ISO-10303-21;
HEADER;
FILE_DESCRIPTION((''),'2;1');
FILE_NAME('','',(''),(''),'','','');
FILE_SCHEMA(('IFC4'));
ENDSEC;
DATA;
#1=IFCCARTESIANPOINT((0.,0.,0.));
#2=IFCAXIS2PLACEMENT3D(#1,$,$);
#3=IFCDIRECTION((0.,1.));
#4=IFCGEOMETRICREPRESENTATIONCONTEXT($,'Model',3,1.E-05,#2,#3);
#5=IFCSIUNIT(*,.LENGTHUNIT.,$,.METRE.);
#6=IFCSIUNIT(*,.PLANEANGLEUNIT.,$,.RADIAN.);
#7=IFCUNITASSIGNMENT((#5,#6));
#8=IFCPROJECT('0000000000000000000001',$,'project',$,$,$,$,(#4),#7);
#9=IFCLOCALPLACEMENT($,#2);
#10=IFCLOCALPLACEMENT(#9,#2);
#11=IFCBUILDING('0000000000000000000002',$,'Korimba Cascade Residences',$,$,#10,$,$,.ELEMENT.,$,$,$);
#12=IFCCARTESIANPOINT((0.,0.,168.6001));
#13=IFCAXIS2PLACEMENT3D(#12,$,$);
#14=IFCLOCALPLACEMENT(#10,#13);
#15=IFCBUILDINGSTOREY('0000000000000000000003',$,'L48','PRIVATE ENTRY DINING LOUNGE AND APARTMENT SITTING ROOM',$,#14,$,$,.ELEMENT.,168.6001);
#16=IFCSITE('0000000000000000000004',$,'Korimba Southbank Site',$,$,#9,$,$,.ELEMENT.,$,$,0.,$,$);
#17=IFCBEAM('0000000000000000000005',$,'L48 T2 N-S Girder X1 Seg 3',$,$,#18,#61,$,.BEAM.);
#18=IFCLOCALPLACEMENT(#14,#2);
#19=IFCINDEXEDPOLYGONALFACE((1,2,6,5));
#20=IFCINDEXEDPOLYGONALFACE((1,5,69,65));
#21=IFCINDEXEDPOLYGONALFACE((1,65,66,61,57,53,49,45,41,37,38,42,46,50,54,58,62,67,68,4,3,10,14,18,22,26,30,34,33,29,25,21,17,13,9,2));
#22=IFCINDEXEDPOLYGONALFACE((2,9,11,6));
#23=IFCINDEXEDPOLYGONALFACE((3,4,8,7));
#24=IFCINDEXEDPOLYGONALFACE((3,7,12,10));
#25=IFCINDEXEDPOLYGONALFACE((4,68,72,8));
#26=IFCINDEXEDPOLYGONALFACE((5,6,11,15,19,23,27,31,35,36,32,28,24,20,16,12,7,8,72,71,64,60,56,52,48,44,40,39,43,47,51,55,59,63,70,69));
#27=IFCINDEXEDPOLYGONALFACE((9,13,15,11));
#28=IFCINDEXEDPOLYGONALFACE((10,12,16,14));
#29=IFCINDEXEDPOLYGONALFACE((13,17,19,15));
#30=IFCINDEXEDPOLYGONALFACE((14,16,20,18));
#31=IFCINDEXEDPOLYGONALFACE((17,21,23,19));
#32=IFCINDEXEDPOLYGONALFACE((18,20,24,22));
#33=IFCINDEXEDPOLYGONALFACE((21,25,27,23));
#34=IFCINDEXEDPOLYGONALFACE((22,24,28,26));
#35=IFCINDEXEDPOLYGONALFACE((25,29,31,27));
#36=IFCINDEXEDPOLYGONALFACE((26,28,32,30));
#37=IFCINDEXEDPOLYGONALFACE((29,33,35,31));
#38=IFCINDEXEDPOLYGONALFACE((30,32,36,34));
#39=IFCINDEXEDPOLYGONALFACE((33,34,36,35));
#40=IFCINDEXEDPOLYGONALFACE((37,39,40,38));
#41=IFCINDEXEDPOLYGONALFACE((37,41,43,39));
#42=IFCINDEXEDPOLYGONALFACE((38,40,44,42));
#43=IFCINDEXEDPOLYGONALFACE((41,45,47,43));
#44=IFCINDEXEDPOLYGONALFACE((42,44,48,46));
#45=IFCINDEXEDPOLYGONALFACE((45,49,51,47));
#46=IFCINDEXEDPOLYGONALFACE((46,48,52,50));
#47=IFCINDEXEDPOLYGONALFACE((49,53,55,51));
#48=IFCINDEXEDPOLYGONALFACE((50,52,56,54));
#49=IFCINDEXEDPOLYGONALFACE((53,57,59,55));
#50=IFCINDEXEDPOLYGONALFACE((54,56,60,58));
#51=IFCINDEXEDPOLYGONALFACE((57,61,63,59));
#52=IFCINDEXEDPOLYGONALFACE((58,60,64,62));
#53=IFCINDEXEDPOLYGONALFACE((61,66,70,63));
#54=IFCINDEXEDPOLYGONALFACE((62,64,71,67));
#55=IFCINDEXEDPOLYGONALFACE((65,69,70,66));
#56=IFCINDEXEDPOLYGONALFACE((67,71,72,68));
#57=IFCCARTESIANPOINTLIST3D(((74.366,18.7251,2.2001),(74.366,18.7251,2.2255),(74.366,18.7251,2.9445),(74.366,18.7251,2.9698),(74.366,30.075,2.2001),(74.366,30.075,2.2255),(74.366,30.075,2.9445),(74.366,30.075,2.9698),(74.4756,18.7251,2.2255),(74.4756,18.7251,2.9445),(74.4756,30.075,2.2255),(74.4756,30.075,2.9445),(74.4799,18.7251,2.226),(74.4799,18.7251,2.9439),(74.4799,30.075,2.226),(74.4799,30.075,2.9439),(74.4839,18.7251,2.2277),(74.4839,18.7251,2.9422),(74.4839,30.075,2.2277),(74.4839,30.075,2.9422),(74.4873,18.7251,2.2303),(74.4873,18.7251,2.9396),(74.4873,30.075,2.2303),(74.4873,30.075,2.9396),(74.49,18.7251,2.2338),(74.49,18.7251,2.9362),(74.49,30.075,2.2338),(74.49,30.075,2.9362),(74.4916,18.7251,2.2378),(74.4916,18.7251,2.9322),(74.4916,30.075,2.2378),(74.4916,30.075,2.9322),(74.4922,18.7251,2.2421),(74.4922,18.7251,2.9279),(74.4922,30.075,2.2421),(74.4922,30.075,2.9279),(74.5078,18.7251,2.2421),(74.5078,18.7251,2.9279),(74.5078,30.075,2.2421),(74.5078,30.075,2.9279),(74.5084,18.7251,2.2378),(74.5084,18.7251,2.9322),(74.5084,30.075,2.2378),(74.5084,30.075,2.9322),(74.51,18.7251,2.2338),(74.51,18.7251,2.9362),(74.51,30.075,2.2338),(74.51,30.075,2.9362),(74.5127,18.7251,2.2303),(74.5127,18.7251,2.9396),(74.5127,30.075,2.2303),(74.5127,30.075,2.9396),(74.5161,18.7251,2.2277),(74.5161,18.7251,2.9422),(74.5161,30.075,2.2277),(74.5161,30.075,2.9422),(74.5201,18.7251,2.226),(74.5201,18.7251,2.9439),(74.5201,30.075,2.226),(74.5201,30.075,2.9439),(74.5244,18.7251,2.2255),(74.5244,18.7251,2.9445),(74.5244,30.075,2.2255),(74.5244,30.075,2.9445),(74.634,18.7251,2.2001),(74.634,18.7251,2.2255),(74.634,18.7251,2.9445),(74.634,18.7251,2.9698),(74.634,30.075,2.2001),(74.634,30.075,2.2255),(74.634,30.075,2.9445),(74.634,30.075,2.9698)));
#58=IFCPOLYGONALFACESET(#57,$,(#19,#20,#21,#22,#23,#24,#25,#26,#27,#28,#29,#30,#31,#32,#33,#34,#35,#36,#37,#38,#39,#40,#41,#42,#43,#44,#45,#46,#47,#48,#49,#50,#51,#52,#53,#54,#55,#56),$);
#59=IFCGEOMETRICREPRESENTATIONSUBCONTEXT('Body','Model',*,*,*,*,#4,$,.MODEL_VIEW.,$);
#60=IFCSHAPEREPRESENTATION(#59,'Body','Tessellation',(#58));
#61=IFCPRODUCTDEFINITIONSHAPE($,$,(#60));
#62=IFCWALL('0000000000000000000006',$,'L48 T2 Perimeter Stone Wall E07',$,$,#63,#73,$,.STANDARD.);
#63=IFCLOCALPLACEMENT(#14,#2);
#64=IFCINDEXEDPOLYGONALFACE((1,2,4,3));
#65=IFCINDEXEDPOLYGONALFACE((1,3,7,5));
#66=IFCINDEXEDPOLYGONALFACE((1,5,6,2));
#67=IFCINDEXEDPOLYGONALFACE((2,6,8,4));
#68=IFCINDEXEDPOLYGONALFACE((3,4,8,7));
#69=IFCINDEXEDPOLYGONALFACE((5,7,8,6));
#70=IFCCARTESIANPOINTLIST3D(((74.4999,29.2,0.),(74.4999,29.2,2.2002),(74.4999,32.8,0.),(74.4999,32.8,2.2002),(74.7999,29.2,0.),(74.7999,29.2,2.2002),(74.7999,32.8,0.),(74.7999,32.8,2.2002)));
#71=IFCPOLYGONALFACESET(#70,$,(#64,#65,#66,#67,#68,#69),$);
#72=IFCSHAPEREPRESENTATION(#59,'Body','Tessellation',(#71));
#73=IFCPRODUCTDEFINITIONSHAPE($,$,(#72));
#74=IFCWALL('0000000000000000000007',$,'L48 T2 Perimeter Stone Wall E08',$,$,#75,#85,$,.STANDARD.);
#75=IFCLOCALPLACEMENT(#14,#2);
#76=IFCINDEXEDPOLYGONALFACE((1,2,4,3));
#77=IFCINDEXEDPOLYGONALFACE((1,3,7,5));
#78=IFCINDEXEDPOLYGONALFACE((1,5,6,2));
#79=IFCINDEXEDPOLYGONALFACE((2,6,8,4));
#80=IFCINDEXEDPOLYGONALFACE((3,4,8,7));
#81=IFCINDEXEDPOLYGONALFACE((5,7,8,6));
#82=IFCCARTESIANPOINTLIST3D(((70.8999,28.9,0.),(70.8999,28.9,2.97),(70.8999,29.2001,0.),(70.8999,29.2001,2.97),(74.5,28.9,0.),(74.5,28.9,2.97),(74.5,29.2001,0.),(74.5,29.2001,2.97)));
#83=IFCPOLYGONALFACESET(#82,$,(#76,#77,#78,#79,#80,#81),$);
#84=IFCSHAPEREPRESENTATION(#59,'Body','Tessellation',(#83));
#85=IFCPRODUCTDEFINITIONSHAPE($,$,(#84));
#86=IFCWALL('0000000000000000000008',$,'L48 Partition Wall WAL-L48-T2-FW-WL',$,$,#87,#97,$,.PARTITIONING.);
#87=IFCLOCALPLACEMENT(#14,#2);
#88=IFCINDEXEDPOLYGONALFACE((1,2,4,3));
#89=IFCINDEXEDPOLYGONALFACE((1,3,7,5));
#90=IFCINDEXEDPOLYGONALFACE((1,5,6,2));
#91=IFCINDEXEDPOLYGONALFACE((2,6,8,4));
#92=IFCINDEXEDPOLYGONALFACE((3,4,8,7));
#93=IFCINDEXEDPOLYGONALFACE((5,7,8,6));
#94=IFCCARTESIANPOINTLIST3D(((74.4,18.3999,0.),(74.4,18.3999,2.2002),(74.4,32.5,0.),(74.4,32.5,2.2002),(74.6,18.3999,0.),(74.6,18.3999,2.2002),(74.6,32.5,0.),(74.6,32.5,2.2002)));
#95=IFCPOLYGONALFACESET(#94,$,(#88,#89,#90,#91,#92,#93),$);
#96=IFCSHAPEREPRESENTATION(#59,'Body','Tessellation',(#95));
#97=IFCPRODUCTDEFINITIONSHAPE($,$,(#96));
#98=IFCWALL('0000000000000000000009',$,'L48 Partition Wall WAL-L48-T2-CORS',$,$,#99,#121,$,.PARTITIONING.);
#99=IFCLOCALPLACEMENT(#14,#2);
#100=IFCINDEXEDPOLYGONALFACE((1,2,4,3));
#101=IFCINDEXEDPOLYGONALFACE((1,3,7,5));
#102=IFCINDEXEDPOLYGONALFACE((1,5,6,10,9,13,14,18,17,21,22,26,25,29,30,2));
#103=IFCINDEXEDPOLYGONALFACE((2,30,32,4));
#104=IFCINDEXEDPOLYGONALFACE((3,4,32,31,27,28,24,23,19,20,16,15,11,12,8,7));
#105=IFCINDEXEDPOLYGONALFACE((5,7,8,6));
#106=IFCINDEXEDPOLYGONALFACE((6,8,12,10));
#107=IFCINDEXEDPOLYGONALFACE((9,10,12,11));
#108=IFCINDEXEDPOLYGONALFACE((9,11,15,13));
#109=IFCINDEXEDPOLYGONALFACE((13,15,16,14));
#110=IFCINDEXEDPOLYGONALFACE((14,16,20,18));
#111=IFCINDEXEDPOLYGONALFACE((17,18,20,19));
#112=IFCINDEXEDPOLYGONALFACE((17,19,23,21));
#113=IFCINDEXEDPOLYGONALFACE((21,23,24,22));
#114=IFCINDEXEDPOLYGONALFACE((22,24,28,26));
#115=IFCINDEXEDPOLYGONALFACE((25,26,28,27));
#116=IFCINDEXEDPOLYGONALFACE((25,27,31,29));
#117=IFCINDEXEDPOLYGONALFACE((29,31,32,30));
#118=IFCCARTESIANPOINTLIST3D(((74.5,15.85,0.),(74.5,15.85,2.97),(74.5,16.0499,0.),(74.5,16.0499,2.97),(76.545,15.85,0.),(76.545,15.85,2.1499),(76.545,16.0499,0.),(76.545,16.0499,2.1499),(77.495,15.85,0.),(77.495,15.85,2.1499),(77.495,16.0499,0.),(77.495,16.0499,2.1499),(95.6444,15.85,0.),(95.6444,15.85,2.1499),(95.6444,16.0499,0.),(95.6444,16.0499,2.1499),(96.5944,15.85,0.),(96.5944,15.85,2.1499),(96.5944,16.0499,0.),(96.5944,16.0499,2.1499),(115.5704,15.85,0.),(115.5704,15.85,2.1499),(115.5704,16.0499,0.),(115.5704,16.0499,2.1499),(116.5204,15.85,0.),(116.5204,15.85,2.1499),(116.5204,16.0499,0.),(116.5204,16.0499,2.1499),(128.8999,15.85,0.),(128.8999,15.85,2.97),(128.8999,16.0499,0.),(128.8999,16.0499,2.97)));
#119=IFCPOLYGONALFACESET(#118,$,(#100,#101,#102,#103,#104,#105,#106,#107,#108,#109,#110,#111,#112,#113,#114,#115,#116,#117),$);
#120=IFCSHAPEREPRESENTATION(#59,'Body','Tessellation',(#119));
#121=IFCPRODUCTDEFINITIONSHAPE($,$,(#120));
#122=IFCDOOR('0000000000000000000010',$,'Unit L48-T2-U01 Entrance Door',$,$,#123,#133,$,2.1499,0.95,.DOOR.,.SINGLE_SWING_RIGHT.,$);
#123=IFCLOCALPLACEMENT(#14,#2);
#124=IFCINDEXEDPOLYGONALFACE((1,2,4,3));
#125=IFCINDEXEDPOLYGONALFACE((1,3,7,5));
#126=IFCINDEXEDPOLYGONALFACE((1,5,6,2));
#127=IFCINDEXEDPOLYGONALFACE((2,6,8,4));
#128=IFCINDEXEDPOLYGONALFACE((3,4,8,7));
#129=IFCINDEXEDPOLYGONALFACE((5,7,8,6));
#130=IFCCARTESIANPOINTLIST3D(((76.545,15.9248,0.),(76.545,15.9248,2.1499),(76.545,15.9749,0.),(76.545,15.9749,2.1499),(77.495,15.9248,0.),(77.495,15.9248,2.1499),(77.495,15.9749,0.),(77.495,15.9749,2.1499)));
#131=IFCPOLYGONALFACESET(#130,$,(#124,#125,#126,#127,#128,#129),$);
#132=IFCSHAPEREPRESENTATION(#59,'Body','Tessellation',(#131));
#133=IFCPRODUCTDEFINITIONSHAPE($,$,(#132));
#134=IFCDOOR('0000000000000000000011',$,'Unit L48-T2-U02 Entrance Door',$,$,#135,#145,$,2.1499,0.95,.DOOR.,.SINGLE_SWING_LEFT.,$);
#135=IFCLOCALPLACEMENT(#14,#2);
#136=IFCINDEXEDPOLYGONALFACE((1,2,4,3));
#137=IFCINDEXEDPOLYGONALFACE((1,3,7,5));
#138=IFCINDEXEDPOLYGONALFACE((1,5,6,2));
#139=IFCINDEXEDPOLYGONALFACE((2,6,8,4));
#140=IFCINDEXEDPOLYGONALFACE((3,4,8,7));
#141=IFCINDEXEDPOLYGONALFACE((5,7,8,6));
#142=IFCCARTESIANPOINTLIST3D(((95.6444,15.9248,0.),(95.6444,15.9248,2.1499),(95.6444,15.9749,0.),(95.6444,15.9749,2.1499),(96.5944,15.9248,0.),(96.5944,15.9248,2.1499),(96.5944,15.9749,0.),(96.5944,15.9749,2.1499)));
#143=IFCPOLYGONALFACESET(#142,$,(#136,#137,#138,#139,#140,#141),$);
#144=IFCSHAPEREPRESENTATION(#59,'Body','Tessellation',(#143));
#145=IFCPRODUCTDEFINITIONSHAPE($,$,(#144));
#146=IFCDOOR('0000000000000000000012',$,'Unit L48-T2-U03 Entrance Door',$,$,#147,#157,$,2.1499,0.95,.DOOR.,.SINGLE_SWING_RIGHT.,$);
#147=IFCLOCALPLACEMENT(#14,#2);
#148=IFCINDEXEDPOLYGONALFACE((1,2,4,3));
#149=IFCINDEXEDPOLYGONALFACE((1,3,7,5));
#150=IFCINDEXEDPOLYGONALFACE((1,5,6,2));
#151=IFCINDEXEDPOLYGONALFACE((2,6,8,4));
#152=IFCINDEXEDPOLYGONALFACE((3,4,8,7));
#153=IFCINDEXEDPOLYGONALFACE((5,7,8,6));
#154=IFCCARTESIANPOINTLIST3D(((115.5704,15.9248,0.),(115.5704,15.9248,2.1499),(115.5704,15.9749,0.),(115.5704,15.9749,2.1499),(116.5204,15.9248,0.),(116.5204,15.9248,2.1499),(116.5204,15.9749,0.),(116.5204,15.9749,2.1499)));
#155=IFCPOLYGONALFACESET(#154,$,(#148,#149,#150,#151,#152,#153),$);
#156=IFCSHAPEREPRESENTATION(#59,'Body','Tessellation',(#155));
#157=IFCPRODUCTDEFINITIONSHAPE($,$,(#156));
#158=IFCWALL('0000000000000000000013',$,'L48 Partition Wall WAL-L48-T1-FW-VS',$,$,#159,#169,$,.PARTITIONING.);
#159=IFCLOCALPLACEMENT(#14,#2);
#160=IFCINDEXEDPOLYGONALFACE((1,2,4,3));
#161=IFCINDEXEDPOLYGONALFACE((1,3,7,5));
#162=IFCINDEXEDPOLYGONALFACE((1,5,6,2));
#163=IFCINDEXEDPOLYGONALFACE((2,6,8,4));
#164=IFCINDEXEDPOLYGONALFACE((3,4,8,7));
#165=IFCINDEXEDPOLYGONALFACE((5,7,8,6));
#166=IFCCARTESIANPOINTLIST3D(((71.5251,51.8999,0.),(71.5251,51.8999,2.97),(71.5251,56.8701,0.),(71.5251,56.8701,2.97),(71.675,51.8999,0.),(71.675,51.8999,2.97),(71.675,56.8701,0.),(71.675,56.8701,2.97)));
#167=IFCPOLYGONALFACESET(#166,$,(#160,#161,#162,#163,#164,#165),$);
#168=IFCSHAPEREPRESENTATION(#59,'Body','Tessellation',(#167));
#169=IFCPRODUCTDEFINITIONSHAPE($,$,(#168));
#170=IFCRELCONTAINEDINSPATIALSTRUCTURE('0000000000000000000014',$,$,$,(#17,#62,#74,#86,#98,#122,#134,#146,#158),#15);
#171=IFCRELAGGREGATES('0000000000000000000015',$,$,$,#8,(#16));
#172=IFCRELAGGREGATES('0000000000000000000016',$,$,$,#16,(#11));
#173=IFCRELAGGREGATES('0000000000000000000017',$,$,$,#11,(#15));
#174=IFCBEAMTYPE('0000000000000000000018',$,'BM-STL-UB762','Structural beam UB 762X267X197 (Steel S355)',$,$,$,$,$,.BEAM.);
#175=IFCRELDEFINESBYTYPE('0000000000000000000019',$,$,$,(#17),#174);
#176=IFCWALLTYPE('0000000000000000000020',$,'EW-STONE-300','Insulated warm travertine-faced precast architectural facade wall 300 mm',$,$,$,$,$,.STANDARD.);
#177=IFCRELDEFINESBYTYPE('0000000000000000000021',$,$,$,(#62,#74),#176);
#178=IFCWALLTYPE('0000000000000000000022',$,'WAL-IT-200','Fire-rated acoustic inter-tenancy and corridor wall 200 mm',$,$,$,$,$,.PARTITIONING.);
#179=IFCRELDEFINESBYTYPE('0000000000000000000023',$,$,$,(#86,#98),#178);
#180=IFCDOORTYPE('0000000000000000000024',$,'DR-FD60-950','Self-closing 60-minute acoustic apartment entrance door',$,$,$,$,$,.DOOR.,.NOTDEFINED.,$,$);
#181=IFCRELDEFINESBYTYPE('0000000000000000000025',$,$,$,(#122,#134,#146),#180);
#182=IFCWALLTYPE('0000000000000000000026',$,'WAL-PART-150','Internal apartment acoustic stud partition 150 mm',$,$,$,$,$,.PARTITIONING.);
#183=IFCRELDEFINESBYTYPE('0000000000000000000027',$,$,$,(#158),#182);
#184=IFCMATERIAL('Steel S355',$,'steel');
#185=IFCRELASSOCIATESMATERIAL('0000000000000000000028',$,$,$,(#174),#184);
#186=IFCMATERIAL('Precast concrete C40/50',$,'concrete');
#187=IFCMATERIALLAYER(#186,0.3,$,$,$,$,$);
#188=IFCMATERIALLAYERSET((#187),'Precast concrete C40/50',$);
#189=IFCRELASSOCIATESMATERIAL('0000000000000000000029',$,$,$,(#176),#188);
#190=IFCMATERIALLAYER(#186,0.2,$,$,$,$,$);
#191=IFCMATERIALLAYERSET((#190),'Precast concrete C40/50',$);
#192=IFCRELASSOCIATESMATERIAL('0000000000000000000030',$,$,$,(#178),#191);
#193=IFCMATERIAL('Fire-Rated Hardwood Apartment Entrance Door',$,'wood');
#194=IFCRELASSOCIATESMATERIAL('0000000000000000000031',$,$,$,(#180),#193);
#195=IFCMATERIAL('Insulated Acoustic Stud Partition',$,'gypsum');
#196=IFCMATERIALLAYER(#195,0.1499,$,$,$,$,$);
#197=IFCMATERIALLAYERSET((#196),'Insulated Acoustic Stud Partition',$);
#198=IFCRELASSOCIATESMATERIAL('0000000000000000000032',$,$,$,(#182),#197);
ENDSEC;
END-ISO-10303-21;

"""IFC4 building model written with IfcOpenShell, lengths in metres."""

from ifc_helpers import new_model, si_unit, direction, frame, frame_2d, origin, origin_2d, place, context, subcontext, project, spatial, rectangle, i_section, extrude, material, layer, layer_set, material_profile, profile_set, type_object, element, fill, save


model = new_model("IFC4")

# Units and contexts
model_context = context("Model", 3, precision=1e-05, world=origin(), true_north=direction((0.0, 1.0)))
body_context = subcontext(model_context, "Body", "Model", "MODEL_VIEW")
ifc_project = project(units=[si_unit("LENGTHUNIT", "METRE"), si_unit("PLANEANGLEUNIT", "RADIAN")], contexts=[model_context])

# Site, building, storey
site_placement = place(None, origin())
site = spatial("IfcSite", under=ifc_project, at=site_placement, Name="Korimba Southbank Site", CompositionType="ELEMENT", RefElevation=0.0)
building_placement = place(site_placement, origin())
building = spatial("IfcBuilding", under=site, at=building_placement, Name="Korimba Cascade Residences", CompositionType="ELEMENT")
storey_placement = place(building_placement, frame((0.0, 0.0, 168.6001)))
storey = spatial("IfcBuildingStorey", under=building, at=storey_placement, Name="L48", Description="PRIVATE ENTRY DINING LOUNGE AND APARTMENT SITTING ROOM", CompositionType="ELEMENT", Elevation=168.6001)

# Beam
ifc_material_1 = material(Name="Steel S355", Category="steel")
ifc_material_profile_1 = material_profile(ifc_material_1, i_section(OverallWidth=0.2681, OverallDepth=0.7698, WebThickness=0.0156, FlangeThickness=0.0254, FilletRadius=0.0166, at=origin_2d()), Name="Steel S355")
ifc_profile_set_1 = profile_set([ifc_material_profile_1], Name="Steel S355")
beam_type_1 = type_object("IfcBeamType", Name="BM-STL-UB762", Description="Structural beam UB 762X267X197 (Steel S355)", PredefinedType="BEAM", material=ifc_profile_set_1)
beam_1_placement = place(storey_placement, frame((74.5, 18.7251, 2.585), z_axis=(0.0, 1.0, 0.0), x_axis=(-1.0, 0.0, 0.0)))
element("IfcBeam", 1, at=beam_1_placement, inside=storey, type_object=beam_type_1, Name="L48 T2 N-S Girder X1 Seg 3", PredefinedType="BEAM", context=body_context, shape_type="SweptSolid", body=[
    extrude(i_section(OverallWidth=0.2681, OverallDepth=0.7698, WebThickness=0.0156, FlangeThickness=0.0254, FilletRadius=0.0166, at=origin_2d()), origin(), (0.0, 0.0, 1.0), 11.3499),
])

# Walls
ifc_material_2 = material(Name="Precast concrete C40/50", Category="concrete")
ifc_layer_1 = layer(ifc_material_2, 0.3)
ifc_layer_set_1 = layer_set([ifc_layer_1], Name="Precast concrete C40/50")
wall_type_1 = type_object("IfcWallType", Name="EW-STONE-300", Description="Insulated warm travertine-faced precast architectural facade wall 300 mm", PredefinedType="STANDARD", material=ifc_layer_set_1)
wall_1_placement = place(storey_placement, frame((74.6499, 32.8, 0.0), z_axis=(0.0, 0.0, 1.0), x_axis=(0.0, -1.0, 0.0)))
element("IfcWall", 2, at=wall_1_placement, inside=storey, type_object=wall_type_1, Name="L48 T2 Perimeter Stone Wall E07", PredefinedType="STANDARD", context=body_context, shape_type="SweptSolid", body=[
    extrude(rectangle(XDim=3.6001, YDim=0.3, at=frame_2d((1.8, 0.0))), origin(), (0.0, 0.0, 1.0), 2.2002),
])
wall_2_placement = place(storey_placement, frame((74.5, 29.05, 0.0), z_axis=(0.0, 0.0, 1.0), x_axis=(-1.0, 0.0, 0.0)))
element("IfcWall", 3, at=wall_2_placement, inside=storey, type_object=wall_type_1, Name="L48 T2 Perimeter Stone Wall E08", PredefinedType="STANDARD", context=body_context, shape_type="SweptSolid", body=[
    extrude(rectangle(XDim=3.6001, YDim=0.3, at=frame_2d((1.8, 0.0))), origin(), (0.0, 0.0, 1.0), 2.97),
])
ifc_layer_2 = layer(ifc_material_2, 0.2)
ifc_layer_set_2 = layer_set([ifc_layer_2], Name="Precast concrete C40/50")
wall_type_2 = type_object("IfcWallType", Name="WAL-IT-200", Description="Fire-rated acoustic inter-tenancy and corridor wall 200 mm", PredefinedType="PARTITIONING", material=ifc_layer_set_2)
wall_3_placement = place(storey_placement, frame((74.5, 18.3999, 0.0), z_axis=(0.0, 0.0, 1.0), x_axis=(0.0, 1.0, 0.0)))
element("IfcWall", 4, at=wall_3_placement, inside=storey, type_object=wall_type_2, Name="L48 Partition Wall WAL-L48-T2-FW-WL", PredefinedType="PARTITIONING", context=body_context, shape_type="SweptSolid", body=[
    extrude(rectangle(XDim=14.1001, YDim=0.2, at=frame_2d((7.05, 0.0))), origin(), (0.0, 0.0, 1.0), 2.2002),
])

# Shared definitions
ifc_material_3 = material(Name="Fire-Rated Hardwood Apartment Entrance Door", Category="wood")
door_type_1 = type_object("IfcDoorType", Name="DR-FD60-950", Description="Self-closing 60-minute acoustic apartment entrance door", OperationType="NOTDEFINED", PredefinedType="DOOR", material=ifc_material_3)

# Wall, openings, doors
wall_4_placement = place(storey_placement, frame((74.5, 15.95, 0.0), z_axis=(0.0, 0.0, 1.0), x_axis=(1.0, 0.0, 0.0)))
wall_4 = element("IfcWall", 5, at=wall_4_placement, inside=storey, type_object=wall_type_2, Name="L48 Partition Wall WAL-L48-T2-CORS", PredefinedType="PARTITIONING", context=body_context, shape_type="SweptSolid", body=[
    extrude(rectangle(XDim=54.3999, YDim=0.2, at=frame_2d((27.2, 0.0))), origin(), (0.0, 0.0, 1.0), 2.97),
])
opening_1_placement = place(wall_4_placement, frame((2.0449, 0.0, 0.0)))
opening_1 = element("IfcOpeningElement", 6, at=opening_1_placement, cuts=wall_4, PredefinedType="OPENING", context=body_context, shape_type="SweptSolid", body=[
    extrude(rectangle(XDim=0.95, YDim=2.1499, at=frame_2d((0.4751, 1.075))), frame((0.0, 0.1099, 0.0), z_axis=(0.0, -1.0, 0.0), x_axis=(1.0, 0.0, 0.0)), (0.0, 0.0, 1.0), 0.22),
])
opening_2_placement = place(wall_4_placement, frame((21.1443, 0.0, 0.0)))
opening_2 = element("IfcOpeningElement", 7, at=opening_2_placement, cuts=wall_4, PredefinedType="OPENING", context=body_context, shape_type="SweptSolid", body=[
    extrude(rectangle(XDim=0.95, YDim=2.1499, at=frame_2d((0.4751, 1.075))), frame((0.0, 0.1099, 0.0), z_axis=(0.0, -1.0, 0.0), x_axis=(1.0, 0.0, 0.0)), (0.0, 0.0, 1.0), 0.22),
])
opening_3_placement = place(wall_4_placement, frame((41.0703, 0.0, 0.0)))
opening_3 = element("IfcOpeningElement", 8, at=opening_3_placement, cuts=wall_4, PredefinedType="OPENING", context=body_context, shape_type="SweptSolid", body=[
    extrude(rectangle(XDim=0.95, YDim=2.1499, at=frame_2d((0.4751, 1.075))), frame((0.0, 0.1099, 0.0), z_axis=(0.0, -1.0, 0.0), x_axis=(1.0, 0.0, 0.0)), (0.0, 0.0, 1.0), 0.22),
])
door_1_placement = place(opening_1_placement, origin())
door_1 = element("IfcDoor", 9, at=door_1_placement, inside=storey, type_object=door_type_1, Name="Unit L48-T2-U01 Entrance Door", OperationType="SINGLE_SWING_RIGHT", OverallHeight=2.1499, OverallWidth=0.95, PredefinedType="DOOR", context=body_context, shape_type="SweptSolid", body=[
    extrude(rectangle(XDim=0.95, YDim=2.1499, at=frame_2d((0.4751, 1.075))), frame((0.0, 0.0249, 0.0), z_axis=(0.0, -1.0, 0.0), x_axis=(1.0, 0.0, 0.0)), (0.0, 0.0, 1.0), 0.05),
])
fill(opening_1, door_1)
door_2_placement = place(opening_2_placement, origin())
door_2 = element("IfcDoor", 10, at=door_2_placement, inside=storey, type_object=door_type_1, Name="Unit L48-T2-U02 Entrance Door", OperationType="SINGLE_SWING_LEFT", OverallHeight=2.1499, OverallWidth=0.95, PredefinedType="DOOR", context=body_context, shape_type="SweptSolid", body=[
    extrude(rectangle(XDim=0.95, YDim=2.1499, at=frame_2d((0.4751, 1.075))), frame((0.0, 0.0249, 0.0), z_axis=(0.0, -1.0, 0.0), x_axis=(1.0, 0.0, 0.0)), (0.0, 0.0, 1.0), 0.05),
])
fill(opening_2, door_2)
door_3_placement = place(opening_3_placement, origin())
door_3 = element("IfcDoor", 11, at=door_3_placement, inside=storey, type_object=door_type_1, Name="Unit L48-T2-U03 Entrance Door", OperationType="SINGLE_SWING_RIGHT", OverallHeight=2.1499, OverallWidth=0.95, PredefinedType="DOOR", context=body_context, shape_type="SweptSolid", body=[
    extrude(rectangle(XDim=0.95, YDim=2.1499, at=frame_2d((0.4751, 1.075))), frame((0.0, 0.0249, 0.0), z_axis=(0.0, -1.0, 0.0), x_axis=(1.0, 0.0, 0.0)), (0.0, 0.0, 1.0), 0.05),
])
fill(opening_3, door_3)

# Wall
ifc_material_4 = material(Name="Insulated Acoustic Stud Partition", Category="gypsum")
ifc_layer_3 = layer(ifc_material_4, 0.1499)
ifc_layer_set_3 = layer_set([ifc_layer_3], Name="Insulated Acoustic Stud Partition")
wall_type_3 = type_object("IfcWallType", Name="WAL-PART-150", Description="Internal apartment acoustic stud partition 150 mm", PredefinedType="PARTITIONING", material=ifc_layer_set_3)
wall_5_placement = place(storey_placement, frame((71.6001, 51.8999, 0.0), z_axis=(0.0, 0.0, 1.0), x_axis=(0.0, 1.0, 0.0)))
element("IfcWall", 12, at=wall_5_placement, inside=storey, type_object=wall_type_3, Name="L48 Partition Wall WAL-L48-T1-FW-VS", PredefinedType="PARTITIONING", context=body_context, shape_type="SweptSolid", body=[
    extrude(rectangle(XDim=4.9702, YDim=0.1499, at=frame_2d((2.4851, 0.0))), origin(), (0.0, 0.0, 1.0), 2.97),
])

save(model, "model.ifc")
